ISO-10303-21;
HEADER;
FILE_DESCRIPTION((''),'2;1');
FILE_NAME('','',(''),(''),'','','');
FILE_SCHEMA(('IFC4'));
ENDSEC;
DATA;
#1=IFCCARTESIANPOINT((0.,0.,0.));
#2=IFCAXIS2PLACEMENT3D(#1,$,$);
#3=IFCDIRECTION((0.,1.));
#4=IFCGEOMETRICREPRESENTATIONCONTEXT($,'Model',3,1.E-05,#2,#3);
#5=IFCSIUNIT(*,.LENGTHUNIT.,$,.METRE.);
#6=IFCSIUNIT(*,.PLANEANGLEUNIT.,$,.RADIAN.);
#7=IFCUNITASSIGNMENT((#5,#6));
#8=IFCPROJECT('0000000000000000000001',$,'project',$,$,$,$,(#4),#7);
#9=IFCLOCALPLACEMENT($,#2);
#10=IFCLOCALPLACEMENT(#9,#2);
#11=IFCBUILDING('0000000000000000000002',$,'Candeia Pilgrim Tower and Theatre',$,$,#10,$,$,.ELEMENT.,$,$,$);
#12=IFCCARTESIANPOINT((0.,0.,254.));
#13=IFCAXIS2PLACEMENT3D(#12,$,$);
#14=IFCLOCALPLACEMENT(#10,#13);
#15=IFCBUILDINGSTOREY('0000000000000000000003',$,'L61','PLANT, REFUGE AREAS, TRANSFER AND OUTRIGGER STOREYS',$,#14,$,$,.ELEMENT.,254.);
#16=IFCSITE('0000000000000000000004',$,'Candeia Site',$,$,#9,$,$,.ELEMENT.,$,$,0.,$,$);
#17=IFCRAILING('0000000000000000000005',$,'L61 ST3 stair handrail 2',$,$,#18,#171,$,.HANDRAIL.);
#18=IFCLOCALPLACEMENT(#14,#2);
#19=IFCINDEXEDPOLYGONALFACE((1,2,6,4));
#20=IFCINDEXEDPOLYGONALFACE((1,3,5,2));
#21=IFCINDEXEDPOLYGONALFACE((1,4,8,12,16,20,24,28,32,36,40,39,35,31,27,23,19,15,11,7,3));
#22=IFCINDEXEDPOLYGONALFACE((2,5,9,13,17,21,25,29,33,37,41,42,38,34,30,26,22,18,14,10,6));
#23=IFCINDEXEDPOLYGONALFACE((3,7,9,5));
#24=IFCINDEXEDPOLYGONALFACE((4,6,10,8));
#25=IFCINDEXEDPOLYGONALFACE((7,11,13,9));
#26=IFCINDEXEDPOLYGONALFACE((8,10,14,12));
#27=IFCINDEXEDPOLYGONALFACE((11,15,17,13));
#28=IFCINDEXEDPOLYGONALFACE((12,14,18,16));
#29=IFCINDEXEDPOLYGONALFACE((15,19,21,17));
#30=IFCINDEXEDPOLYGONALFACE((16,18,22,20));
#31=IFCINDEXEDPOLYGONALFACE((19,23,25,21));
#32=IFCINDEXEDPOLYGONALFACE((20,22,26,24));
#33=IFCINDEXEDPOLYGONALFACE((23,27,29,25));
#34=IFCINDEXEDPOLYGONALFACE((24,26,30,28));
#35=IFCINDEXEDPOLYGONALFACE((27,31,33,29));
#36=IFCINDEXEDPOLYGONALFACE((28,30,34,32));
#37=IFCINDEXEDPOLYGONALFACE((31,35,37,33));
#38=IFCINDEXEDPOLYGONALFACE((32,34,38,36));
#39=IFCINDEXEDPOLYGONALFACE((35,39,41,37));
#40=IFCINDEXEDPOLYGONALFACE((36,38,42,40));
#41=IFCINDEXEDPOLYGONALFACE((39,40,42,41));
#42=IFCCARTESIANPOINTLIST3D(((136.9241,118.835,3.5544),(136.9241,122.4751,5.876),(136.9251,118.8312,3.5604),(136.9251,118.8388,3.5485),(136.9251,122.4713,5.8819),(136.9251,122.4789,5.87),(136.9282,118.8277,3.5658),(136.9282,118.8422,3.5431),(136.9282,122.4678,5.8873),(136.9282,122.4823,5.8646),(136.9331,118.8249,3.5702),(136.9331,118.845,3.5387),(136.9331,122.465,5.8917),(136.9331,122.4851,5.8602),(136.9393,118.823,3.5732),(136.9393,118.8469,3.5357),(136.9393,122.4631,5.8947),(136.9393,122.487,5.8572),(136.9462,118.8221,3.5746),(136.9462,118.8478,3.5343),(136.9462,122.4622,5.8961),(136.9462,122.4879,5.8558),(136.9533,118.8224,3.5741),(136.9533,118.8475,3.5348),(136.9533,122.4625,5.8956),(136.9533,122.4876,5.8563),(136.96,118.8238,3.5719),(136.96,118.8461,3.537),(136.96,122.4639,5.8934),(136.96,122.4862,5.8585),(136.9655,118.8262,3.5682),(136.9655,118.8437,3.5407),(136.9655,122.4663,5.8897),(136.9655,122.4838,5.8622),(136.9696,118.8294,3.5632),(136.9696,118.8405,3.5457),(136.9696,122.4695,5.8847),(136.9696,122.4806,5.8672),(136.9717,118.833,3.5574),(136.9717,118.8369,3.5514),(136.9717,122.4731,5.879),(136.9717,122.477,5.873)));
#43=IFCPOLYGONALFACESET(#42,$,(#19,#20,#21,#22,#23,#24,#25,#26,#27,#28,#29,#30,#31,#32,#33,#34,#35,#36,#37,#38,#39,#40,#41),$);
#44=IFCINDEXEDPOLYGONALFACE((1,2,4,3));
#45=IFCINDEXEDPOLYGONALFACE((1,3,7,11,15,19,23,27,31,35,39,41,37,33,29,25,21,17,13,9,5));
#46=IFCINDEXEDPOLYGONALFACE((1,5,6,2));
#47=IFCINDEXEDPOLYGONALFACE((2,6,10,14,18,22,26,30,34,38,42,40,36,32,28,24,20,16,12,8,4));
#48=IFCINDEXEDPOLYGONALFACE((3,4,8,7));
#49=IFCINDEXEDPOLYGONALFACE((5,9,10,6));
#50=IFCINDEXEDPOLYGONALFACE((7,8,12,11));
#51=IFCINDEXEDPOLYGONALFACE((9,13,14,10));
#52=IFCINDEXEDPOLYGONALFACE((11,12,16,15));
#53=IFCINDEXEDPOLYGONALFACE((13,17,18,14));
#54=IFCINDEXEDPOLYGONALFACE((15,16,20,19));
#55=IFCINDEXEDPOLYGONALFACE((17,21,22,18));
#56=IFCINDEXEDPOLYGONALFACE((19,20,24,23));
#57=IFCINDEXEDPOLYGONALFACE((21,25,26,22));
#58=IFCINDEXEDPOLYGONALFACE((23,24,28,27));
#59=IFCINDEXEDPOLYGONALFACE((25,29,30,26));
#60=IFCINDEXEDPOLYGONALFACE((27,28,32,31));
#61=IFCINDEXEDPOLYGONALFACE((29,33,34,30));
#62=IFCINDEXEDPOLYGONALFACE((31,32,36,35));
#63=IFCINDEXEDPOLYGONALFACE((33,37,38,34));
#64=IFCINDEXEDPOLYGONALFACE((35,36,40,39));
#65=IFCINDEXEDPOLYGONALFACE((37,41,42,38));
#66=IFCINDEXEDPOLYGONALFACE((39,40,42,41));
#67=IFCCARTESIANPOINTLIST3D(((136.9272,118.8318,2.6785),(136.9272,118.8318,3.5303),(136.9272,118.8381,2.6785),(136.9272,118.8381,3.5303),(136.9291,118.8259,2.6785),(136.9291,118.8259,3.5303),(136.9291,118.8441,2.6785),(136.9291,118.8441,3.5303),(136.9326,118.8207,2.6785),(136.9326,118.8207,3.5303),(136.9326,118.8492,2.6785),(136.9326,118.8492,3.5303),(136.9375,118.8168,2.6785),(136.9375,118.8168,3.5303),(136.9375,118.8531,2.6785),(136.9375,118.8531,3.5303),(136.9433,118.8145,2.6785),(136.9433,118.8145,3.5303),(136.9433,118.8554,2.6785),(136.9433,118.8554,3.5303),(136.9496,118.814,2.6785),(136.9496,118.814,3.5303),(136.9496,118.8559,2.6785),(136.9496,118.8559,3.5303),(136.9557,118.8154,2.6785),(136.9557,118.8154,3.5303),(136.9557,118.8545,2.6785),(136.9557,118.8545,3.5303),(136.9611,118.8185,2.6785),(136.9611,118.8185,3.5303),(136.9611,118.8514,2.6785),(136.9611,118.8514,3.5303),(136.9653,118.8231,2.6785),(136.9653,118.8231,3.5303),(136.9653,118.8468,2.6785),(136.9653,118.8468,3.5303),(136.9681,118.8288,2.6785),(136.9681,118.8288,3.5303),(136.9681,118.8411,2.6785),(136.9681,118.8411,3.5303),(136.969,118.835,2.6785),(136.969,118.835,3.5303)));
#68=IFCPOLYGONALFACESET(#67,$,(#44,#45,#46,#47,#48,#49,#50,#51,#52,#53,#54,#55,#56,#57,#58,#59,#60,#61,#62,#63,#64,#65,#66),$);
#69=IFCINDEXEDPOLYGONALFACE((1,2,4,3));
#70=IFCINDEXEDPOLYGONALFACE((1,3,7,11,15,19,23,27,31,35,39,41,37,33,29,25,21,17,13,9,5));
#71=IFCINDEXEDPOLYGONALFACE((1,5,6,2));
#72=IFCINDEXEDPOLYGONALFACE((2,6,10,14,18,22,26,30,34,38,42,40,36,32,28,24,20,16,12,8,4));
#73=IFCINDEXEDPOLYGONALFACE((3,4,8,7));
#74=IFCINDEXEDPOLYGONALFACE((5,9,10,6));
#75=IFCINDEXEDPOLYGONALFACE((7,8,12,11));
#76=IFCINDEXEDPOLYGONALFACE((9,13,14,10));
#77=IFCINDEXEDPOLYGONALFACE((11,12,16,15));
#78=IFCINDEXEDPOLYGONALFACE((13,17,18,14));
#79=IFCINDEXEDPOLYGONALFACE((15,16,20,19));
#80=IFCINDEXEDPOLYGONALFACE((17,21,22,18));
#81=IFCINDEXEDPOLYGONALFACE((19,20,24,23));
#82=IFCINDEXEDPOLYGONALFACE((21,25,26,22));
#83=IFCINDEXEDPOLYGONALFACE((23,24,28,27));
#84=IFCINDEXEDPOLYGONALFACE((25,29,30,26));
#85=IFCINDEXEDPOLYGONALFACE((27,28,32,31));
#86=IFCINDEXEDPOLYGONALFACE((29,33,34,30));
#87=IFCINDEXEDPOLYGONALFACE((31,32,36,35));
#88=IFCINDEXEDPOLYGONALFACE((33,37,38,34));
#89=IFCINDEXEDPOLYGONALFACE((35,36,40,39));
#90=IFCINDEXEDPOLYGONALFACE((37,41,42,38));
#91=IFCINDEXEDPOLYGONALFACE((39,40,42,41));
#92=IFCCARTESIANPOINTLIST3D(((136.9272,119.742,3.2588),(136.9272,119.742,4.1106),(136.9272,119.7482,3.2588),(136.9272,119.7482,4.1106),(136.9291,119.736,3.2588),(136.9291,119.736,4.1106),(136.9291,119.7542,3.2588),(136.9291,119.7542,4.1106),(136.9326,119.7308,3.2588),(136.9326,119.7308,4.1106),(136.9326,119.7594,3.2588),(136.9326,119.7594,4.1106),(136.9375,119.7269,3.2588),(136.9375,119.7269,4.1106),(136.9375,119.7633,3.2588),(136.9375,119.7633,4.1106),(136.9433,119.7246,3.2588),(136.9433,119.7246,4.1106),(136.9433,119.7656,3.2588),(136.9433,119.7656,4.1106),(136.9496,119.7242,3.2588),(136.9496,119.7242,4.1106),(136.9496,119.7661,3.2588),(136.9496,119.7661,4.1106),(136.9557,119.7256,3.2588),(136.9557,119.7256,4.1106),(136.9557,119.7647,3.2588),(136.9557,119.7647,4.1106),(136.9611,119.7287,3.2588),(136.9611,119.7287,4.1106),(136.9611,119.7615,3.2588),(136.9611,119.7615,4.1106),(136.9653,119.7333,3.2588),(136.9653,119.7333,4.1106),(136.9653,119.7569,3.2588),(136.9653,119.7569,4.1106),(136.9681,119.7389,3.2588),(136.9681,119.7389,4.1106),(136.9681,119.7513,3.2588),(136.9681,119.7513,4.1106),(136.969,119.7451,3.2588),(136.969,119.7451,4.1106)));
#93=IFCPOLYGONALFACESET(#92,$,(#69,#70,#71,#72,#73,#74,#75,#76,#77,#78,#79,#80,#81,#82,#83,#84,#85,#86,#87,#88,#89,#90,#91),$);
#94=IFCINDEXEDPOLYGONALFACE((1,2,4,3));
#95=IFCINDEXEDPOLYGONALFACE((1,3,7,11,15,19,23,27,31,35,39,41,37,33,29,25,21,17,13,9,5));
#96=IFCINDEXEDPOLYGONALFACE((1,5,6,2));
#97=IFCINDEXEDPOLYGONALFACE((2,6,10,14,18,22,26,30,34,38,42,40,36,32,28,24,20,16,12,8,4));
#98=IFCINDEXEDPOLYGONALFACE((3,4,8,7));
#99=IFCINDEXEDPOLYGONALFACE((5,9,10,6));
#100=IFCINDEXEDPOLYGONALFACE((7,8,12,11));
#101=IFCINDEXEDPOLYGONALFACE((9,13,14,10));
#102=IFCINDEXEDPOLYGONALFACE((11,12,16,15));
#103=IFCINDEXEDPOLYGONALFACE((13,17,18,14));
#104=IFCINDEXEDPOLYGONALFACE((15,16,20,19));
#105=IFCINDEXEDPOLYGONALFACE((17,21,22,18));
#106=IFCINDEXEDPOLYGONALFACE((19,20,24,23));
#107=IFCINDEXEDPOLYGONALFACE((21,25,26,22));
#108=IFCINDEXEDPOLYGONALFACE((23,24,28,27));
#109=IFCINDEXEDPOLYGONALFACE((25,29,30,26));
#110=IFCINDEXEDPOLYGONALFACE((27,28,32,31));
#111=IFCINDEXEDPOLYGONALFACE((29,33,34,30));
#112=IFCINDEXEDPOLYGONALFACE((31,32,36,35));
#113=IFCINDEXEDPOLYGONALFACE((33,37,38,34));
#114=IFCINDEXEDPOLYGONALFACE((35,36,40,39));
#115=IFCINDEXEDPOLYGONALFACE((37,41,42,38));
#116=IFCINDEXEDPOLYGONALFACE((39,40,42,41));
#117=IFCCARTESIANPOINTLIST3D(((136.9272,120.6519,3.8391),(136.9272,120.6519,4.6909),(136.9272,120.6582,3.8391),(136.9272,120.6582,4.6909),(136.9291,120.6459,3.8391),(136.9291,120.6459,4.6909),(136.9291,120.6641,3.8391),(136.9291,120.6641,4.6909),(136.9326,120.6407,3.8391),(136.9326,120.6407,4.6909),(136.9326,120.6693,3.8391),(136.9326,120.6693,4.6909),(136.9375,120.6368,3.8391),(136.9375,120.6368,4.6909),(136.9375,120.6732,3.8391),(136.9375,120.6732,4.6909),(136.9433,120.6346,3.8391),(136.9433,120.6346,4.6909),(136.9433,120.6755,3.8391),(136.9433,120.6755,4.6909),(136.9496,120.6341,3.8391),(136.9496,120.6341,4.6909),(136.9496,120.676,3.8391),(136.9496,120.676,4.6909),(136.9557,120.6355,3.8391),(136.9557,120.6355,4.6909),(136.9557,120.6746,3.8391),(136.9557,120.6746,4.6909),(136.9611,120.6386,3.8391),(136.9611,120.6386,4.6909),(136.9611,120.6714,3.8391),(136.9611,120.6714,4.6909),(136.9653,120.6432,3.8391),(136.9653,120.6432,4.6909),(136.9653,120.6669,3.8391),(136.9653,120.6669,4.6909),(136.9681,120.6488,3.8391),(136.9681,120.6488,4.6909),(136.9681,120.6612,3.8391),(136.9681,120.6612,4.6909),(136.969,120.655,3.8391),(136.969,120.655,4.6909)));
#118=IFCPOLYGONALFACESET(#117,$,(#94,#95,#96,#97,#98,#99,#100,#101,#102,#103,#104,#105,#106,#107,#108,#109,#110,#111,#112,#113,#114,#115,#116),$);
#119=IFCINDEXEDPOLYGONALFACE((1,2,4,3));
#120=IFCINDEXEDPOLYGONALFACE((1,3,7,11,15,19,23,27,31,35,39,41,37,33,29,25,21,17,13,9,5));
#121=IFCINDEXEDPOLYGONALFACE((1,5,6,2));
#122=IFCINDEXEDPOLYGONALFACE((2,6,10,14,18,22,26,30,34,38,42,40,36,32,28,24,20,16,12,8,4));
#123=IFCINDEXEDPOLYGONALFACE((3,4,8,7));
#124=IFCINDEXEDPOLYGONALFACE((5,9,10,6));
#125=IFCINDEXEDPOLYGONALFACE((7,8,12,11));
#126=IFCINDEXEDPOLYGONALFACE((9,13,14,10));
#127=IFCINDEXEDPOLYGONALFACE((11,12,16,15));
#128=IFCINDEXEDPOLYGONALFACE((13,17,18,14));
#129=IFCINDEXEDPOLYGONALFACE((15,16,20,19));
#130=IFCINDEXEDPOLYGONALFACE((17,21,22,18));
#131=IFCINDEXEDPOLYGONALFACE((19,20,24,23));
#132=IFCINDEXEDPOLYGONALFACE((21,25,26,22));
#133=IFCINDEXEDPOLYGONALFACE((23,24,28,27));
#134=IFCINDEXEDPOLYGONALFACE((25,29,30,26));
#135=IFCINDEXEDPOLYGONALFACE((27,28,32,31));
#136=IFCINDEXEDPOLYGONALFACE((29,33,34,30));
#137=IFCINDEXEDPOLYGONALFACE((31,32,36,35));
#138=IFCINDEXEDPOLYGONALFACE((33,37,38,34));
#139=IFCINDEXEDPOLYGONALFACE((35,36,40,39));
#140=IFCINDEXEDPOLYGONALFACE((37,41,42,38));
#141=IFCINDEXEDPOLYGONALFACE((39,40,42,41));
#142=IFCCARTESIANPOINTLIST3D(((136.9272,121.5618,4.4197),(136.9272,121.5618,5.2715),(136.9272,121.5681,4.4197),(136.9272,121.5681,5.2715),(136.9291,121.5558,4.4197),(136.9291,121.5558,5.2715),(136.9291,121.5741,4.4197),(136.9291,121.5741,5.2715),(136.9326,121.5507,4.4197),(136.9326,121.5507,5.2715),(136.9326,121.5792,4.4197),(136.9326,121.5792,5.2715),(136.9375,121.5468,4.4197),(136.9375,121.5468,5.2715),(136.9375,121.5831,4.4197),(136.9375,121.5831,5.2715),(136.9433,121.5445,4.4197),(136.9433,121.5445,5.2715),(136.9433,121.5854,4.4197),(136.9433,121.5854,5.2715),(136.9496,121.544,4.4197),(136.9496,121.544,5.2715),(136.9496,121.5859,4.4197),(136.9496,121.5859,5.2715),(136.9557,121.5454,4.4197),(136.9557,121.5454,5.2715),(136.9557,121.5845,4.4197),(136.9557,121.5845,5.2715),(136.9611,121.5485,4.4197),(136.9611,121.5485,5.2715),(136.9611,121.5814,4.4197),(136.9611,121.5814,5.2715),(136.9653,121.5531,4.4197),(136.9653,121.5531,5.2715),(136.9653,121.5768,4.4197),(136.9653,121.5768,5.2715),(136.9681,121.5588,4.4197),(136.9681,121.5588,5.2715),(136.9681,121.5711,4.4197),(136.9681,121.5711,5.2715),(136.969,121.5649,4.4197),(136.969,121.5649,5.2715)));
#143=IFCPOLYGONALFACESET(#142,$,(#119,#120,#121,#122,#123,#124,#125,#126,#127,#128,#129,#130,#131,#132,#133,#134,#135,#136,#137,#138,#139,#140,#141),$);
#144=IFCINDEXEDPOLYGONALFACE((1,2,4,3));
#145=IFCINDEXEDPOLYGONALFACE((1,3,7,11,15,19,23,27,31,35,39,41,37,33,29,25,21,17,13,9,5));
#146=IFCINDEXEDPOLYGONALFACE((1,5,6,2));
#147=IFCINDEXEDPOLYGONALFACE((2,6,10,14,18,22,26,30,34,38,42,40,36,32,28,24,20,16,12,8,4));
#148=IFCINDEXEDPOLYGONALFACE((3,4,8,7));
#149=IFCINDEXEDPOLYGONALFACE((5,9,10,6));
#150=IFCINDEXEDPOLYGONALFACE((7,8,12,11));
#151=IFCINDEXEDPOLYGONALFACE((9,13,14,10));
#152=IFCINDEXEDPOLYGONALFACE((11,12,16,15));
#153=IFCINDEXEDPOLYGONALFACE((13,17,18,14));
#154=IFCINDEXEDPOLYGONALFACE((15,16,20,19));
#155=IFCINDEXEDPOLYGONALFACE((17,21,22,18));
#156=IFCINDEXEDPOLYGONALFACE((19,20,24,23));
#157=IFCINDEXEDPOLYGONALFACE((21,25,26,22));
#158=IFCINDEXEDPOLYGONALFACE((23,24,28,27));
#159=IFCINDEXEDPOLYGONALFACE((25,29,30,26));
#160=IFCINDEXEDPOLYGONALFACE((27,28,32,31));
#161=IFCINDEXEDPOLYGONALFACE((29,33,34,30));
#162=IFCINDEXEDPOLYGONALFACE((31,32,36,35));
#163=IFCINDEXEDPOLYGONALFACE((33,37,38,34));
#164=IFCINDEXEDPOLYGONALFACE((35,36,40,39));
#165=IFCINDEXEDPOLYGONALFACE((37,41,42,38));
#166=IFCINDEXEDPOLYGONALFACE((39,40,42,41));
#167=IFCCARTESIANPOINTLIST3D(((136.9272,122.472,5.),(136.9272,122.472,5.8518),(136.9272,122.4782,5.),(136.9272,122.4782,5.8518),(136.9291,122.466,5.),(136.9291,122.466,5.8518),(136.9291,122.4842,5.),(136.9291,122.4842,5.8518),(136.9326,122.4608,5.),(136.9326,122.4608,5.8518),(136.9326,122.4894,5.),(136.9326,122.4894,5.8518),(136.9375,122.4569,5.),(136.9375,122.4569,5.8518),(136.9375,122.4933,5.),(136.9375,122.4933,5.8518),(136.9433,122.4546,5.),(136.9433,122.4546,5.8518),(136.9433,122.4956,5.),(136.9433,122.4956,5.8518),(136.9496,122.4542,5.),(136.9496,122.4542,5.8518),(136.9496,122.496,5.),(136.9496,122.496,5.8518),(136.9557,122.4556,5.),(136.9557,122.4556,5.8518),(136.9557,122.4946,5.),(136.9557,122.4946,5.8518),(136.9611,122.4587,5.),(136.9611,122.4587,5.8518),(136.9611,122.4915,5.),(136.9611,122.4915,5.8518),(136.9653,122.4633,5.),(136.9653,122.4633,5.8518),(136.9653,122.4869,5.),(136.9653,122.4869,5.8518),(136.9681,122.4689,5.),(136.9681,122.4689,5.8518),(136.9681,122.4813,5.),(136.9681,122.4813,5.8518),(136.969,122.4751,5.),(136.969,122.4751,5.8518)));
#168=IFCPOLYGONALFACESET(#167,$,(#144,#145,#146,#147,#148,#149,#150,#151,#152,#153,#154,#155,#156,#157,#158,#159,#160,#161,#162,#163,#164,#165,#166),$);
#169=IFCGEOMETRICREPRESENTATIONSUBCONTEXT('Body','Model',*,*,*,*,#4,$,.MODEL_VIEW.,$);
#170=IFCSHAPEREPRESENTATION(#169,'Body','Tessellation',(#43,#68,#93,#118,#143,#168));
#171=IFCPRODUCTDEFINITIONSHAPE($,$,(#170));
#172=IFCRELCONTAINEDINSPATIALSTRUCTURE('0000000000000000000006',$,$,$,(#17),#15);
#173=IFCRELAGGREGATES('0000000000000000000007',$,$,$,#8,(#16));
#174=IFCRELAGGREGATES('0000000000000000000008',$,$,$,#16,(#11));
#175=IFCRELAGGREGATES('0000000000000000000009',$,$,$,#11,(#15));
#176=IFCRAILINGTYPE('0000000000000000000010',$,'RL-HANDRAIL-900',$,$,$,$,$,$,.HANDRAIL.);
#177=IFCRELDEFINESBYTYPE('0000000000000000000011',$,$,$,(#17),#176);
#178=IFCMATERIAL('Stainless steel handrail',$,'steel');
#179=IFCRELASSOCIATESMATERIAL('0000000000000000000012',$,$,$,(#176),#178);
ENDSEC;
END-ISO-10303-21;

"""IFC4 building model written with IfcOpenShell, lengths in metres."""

from ifc_helpers import new_model, si_unit, direction, frame, origin, origin_2d, place, context, subcontext, project, spatial, circle, extrude, material, type_object, element, save


model = new_model("IFC4")

# Units and contexts
model_context = context("Model", 3, precision=1e-05, world=origin(), true_north=direction((0.0, 1.0)))
body_context = subcontext(model_context, "Body", "Model", "MODEL_VIEW")
ifc_project = project(units=[si_unit("LENGTHUNIT", "METRE"), si_unit("PLANEANGLEUNIT", "RADIAN")], contexts=[model_context])

# Site, building, storey
site_placement = place(None, origin())
site = spatial("IfcSite", under=ifc_project, at=site_placement, Name="Candeia Site", CompositionType="ELEMENT", RefElevation=0.0)
building_placement = place(site_placement, origin())
building = spatial("IfcBuilding", under=site, at=building_placement, Name="Candeia Pilgrim Tower and Theatre", CompositionType="ELEMENT")
storey_placement = place(building_placement, frame((0.0, 0.0, 254.0)))
storey = spatial("IfcBuildingStorey", under=building, at=storey_placement, Name="L61", Description="PLANT, REFUGE AREAS, TRANSFER AND OUTRIGGER STOREYS", CompositionType="ELEMENT", Elevation=254.0)

# Railing
ifc_material_1 = material(Name="Stainless steel handrail", Category="steel")
railing_type_1 = type_object("IfcRailingType", Name="RL-HANDRAIL-900", PredefinedType="HANDRAIL", material=ifc_material_1)
railing_1_placement = place(storey_placement, frame((136.948, 118.835, 2.6785)))
element("IfcRailing", 1, at=railing_1_placement, inside=storey, type_object=railing_type_1, Name="L61 ST3 stair handrail 2", PredefinedType="HANDRAIL", context=body_context, shape_type="SweptSolid", body=[
    extrude(circle(Radius=0.0239, at=origin_2d()), frame((0.0, 0.0, 0.876), z_axis=(0.0, 0.843128, 0.537713), x_axis=(-1.0, 0.0, 0.0)), (0.0, 0.0, 1.0), 4.3174),
    extrude(circle(Radius=0.021, at=origin_2d()), origin(), (0.0, 0.0, 1.0), 0.8518),
    extrude(circle(Radius=0.021, at=origin_2d()), frame((0.0, 0.9102, 0.5803)), (0.0, 0.0, 1.0), 0.8518),
    extrude(circle(Radius=0.021, at=origin_2d()), frame((0.0, 1.8201, 1.1606)), (0.0, 0.0, 1.0), 0.8518),
    extrude(circle(Radius=0.021, at=origin_2d()), frame((0.0, 2.73, 1.7412)), (0.0, 0.0, 1.0), 0.8518),
    extrude(circle(Radius=0.021, at=origin_2d()), frame((0.0, 3.6401, 2.3215)), (0.0, 0.0, 1.0), 0.8518),
])

save(model, "model.ifc")
